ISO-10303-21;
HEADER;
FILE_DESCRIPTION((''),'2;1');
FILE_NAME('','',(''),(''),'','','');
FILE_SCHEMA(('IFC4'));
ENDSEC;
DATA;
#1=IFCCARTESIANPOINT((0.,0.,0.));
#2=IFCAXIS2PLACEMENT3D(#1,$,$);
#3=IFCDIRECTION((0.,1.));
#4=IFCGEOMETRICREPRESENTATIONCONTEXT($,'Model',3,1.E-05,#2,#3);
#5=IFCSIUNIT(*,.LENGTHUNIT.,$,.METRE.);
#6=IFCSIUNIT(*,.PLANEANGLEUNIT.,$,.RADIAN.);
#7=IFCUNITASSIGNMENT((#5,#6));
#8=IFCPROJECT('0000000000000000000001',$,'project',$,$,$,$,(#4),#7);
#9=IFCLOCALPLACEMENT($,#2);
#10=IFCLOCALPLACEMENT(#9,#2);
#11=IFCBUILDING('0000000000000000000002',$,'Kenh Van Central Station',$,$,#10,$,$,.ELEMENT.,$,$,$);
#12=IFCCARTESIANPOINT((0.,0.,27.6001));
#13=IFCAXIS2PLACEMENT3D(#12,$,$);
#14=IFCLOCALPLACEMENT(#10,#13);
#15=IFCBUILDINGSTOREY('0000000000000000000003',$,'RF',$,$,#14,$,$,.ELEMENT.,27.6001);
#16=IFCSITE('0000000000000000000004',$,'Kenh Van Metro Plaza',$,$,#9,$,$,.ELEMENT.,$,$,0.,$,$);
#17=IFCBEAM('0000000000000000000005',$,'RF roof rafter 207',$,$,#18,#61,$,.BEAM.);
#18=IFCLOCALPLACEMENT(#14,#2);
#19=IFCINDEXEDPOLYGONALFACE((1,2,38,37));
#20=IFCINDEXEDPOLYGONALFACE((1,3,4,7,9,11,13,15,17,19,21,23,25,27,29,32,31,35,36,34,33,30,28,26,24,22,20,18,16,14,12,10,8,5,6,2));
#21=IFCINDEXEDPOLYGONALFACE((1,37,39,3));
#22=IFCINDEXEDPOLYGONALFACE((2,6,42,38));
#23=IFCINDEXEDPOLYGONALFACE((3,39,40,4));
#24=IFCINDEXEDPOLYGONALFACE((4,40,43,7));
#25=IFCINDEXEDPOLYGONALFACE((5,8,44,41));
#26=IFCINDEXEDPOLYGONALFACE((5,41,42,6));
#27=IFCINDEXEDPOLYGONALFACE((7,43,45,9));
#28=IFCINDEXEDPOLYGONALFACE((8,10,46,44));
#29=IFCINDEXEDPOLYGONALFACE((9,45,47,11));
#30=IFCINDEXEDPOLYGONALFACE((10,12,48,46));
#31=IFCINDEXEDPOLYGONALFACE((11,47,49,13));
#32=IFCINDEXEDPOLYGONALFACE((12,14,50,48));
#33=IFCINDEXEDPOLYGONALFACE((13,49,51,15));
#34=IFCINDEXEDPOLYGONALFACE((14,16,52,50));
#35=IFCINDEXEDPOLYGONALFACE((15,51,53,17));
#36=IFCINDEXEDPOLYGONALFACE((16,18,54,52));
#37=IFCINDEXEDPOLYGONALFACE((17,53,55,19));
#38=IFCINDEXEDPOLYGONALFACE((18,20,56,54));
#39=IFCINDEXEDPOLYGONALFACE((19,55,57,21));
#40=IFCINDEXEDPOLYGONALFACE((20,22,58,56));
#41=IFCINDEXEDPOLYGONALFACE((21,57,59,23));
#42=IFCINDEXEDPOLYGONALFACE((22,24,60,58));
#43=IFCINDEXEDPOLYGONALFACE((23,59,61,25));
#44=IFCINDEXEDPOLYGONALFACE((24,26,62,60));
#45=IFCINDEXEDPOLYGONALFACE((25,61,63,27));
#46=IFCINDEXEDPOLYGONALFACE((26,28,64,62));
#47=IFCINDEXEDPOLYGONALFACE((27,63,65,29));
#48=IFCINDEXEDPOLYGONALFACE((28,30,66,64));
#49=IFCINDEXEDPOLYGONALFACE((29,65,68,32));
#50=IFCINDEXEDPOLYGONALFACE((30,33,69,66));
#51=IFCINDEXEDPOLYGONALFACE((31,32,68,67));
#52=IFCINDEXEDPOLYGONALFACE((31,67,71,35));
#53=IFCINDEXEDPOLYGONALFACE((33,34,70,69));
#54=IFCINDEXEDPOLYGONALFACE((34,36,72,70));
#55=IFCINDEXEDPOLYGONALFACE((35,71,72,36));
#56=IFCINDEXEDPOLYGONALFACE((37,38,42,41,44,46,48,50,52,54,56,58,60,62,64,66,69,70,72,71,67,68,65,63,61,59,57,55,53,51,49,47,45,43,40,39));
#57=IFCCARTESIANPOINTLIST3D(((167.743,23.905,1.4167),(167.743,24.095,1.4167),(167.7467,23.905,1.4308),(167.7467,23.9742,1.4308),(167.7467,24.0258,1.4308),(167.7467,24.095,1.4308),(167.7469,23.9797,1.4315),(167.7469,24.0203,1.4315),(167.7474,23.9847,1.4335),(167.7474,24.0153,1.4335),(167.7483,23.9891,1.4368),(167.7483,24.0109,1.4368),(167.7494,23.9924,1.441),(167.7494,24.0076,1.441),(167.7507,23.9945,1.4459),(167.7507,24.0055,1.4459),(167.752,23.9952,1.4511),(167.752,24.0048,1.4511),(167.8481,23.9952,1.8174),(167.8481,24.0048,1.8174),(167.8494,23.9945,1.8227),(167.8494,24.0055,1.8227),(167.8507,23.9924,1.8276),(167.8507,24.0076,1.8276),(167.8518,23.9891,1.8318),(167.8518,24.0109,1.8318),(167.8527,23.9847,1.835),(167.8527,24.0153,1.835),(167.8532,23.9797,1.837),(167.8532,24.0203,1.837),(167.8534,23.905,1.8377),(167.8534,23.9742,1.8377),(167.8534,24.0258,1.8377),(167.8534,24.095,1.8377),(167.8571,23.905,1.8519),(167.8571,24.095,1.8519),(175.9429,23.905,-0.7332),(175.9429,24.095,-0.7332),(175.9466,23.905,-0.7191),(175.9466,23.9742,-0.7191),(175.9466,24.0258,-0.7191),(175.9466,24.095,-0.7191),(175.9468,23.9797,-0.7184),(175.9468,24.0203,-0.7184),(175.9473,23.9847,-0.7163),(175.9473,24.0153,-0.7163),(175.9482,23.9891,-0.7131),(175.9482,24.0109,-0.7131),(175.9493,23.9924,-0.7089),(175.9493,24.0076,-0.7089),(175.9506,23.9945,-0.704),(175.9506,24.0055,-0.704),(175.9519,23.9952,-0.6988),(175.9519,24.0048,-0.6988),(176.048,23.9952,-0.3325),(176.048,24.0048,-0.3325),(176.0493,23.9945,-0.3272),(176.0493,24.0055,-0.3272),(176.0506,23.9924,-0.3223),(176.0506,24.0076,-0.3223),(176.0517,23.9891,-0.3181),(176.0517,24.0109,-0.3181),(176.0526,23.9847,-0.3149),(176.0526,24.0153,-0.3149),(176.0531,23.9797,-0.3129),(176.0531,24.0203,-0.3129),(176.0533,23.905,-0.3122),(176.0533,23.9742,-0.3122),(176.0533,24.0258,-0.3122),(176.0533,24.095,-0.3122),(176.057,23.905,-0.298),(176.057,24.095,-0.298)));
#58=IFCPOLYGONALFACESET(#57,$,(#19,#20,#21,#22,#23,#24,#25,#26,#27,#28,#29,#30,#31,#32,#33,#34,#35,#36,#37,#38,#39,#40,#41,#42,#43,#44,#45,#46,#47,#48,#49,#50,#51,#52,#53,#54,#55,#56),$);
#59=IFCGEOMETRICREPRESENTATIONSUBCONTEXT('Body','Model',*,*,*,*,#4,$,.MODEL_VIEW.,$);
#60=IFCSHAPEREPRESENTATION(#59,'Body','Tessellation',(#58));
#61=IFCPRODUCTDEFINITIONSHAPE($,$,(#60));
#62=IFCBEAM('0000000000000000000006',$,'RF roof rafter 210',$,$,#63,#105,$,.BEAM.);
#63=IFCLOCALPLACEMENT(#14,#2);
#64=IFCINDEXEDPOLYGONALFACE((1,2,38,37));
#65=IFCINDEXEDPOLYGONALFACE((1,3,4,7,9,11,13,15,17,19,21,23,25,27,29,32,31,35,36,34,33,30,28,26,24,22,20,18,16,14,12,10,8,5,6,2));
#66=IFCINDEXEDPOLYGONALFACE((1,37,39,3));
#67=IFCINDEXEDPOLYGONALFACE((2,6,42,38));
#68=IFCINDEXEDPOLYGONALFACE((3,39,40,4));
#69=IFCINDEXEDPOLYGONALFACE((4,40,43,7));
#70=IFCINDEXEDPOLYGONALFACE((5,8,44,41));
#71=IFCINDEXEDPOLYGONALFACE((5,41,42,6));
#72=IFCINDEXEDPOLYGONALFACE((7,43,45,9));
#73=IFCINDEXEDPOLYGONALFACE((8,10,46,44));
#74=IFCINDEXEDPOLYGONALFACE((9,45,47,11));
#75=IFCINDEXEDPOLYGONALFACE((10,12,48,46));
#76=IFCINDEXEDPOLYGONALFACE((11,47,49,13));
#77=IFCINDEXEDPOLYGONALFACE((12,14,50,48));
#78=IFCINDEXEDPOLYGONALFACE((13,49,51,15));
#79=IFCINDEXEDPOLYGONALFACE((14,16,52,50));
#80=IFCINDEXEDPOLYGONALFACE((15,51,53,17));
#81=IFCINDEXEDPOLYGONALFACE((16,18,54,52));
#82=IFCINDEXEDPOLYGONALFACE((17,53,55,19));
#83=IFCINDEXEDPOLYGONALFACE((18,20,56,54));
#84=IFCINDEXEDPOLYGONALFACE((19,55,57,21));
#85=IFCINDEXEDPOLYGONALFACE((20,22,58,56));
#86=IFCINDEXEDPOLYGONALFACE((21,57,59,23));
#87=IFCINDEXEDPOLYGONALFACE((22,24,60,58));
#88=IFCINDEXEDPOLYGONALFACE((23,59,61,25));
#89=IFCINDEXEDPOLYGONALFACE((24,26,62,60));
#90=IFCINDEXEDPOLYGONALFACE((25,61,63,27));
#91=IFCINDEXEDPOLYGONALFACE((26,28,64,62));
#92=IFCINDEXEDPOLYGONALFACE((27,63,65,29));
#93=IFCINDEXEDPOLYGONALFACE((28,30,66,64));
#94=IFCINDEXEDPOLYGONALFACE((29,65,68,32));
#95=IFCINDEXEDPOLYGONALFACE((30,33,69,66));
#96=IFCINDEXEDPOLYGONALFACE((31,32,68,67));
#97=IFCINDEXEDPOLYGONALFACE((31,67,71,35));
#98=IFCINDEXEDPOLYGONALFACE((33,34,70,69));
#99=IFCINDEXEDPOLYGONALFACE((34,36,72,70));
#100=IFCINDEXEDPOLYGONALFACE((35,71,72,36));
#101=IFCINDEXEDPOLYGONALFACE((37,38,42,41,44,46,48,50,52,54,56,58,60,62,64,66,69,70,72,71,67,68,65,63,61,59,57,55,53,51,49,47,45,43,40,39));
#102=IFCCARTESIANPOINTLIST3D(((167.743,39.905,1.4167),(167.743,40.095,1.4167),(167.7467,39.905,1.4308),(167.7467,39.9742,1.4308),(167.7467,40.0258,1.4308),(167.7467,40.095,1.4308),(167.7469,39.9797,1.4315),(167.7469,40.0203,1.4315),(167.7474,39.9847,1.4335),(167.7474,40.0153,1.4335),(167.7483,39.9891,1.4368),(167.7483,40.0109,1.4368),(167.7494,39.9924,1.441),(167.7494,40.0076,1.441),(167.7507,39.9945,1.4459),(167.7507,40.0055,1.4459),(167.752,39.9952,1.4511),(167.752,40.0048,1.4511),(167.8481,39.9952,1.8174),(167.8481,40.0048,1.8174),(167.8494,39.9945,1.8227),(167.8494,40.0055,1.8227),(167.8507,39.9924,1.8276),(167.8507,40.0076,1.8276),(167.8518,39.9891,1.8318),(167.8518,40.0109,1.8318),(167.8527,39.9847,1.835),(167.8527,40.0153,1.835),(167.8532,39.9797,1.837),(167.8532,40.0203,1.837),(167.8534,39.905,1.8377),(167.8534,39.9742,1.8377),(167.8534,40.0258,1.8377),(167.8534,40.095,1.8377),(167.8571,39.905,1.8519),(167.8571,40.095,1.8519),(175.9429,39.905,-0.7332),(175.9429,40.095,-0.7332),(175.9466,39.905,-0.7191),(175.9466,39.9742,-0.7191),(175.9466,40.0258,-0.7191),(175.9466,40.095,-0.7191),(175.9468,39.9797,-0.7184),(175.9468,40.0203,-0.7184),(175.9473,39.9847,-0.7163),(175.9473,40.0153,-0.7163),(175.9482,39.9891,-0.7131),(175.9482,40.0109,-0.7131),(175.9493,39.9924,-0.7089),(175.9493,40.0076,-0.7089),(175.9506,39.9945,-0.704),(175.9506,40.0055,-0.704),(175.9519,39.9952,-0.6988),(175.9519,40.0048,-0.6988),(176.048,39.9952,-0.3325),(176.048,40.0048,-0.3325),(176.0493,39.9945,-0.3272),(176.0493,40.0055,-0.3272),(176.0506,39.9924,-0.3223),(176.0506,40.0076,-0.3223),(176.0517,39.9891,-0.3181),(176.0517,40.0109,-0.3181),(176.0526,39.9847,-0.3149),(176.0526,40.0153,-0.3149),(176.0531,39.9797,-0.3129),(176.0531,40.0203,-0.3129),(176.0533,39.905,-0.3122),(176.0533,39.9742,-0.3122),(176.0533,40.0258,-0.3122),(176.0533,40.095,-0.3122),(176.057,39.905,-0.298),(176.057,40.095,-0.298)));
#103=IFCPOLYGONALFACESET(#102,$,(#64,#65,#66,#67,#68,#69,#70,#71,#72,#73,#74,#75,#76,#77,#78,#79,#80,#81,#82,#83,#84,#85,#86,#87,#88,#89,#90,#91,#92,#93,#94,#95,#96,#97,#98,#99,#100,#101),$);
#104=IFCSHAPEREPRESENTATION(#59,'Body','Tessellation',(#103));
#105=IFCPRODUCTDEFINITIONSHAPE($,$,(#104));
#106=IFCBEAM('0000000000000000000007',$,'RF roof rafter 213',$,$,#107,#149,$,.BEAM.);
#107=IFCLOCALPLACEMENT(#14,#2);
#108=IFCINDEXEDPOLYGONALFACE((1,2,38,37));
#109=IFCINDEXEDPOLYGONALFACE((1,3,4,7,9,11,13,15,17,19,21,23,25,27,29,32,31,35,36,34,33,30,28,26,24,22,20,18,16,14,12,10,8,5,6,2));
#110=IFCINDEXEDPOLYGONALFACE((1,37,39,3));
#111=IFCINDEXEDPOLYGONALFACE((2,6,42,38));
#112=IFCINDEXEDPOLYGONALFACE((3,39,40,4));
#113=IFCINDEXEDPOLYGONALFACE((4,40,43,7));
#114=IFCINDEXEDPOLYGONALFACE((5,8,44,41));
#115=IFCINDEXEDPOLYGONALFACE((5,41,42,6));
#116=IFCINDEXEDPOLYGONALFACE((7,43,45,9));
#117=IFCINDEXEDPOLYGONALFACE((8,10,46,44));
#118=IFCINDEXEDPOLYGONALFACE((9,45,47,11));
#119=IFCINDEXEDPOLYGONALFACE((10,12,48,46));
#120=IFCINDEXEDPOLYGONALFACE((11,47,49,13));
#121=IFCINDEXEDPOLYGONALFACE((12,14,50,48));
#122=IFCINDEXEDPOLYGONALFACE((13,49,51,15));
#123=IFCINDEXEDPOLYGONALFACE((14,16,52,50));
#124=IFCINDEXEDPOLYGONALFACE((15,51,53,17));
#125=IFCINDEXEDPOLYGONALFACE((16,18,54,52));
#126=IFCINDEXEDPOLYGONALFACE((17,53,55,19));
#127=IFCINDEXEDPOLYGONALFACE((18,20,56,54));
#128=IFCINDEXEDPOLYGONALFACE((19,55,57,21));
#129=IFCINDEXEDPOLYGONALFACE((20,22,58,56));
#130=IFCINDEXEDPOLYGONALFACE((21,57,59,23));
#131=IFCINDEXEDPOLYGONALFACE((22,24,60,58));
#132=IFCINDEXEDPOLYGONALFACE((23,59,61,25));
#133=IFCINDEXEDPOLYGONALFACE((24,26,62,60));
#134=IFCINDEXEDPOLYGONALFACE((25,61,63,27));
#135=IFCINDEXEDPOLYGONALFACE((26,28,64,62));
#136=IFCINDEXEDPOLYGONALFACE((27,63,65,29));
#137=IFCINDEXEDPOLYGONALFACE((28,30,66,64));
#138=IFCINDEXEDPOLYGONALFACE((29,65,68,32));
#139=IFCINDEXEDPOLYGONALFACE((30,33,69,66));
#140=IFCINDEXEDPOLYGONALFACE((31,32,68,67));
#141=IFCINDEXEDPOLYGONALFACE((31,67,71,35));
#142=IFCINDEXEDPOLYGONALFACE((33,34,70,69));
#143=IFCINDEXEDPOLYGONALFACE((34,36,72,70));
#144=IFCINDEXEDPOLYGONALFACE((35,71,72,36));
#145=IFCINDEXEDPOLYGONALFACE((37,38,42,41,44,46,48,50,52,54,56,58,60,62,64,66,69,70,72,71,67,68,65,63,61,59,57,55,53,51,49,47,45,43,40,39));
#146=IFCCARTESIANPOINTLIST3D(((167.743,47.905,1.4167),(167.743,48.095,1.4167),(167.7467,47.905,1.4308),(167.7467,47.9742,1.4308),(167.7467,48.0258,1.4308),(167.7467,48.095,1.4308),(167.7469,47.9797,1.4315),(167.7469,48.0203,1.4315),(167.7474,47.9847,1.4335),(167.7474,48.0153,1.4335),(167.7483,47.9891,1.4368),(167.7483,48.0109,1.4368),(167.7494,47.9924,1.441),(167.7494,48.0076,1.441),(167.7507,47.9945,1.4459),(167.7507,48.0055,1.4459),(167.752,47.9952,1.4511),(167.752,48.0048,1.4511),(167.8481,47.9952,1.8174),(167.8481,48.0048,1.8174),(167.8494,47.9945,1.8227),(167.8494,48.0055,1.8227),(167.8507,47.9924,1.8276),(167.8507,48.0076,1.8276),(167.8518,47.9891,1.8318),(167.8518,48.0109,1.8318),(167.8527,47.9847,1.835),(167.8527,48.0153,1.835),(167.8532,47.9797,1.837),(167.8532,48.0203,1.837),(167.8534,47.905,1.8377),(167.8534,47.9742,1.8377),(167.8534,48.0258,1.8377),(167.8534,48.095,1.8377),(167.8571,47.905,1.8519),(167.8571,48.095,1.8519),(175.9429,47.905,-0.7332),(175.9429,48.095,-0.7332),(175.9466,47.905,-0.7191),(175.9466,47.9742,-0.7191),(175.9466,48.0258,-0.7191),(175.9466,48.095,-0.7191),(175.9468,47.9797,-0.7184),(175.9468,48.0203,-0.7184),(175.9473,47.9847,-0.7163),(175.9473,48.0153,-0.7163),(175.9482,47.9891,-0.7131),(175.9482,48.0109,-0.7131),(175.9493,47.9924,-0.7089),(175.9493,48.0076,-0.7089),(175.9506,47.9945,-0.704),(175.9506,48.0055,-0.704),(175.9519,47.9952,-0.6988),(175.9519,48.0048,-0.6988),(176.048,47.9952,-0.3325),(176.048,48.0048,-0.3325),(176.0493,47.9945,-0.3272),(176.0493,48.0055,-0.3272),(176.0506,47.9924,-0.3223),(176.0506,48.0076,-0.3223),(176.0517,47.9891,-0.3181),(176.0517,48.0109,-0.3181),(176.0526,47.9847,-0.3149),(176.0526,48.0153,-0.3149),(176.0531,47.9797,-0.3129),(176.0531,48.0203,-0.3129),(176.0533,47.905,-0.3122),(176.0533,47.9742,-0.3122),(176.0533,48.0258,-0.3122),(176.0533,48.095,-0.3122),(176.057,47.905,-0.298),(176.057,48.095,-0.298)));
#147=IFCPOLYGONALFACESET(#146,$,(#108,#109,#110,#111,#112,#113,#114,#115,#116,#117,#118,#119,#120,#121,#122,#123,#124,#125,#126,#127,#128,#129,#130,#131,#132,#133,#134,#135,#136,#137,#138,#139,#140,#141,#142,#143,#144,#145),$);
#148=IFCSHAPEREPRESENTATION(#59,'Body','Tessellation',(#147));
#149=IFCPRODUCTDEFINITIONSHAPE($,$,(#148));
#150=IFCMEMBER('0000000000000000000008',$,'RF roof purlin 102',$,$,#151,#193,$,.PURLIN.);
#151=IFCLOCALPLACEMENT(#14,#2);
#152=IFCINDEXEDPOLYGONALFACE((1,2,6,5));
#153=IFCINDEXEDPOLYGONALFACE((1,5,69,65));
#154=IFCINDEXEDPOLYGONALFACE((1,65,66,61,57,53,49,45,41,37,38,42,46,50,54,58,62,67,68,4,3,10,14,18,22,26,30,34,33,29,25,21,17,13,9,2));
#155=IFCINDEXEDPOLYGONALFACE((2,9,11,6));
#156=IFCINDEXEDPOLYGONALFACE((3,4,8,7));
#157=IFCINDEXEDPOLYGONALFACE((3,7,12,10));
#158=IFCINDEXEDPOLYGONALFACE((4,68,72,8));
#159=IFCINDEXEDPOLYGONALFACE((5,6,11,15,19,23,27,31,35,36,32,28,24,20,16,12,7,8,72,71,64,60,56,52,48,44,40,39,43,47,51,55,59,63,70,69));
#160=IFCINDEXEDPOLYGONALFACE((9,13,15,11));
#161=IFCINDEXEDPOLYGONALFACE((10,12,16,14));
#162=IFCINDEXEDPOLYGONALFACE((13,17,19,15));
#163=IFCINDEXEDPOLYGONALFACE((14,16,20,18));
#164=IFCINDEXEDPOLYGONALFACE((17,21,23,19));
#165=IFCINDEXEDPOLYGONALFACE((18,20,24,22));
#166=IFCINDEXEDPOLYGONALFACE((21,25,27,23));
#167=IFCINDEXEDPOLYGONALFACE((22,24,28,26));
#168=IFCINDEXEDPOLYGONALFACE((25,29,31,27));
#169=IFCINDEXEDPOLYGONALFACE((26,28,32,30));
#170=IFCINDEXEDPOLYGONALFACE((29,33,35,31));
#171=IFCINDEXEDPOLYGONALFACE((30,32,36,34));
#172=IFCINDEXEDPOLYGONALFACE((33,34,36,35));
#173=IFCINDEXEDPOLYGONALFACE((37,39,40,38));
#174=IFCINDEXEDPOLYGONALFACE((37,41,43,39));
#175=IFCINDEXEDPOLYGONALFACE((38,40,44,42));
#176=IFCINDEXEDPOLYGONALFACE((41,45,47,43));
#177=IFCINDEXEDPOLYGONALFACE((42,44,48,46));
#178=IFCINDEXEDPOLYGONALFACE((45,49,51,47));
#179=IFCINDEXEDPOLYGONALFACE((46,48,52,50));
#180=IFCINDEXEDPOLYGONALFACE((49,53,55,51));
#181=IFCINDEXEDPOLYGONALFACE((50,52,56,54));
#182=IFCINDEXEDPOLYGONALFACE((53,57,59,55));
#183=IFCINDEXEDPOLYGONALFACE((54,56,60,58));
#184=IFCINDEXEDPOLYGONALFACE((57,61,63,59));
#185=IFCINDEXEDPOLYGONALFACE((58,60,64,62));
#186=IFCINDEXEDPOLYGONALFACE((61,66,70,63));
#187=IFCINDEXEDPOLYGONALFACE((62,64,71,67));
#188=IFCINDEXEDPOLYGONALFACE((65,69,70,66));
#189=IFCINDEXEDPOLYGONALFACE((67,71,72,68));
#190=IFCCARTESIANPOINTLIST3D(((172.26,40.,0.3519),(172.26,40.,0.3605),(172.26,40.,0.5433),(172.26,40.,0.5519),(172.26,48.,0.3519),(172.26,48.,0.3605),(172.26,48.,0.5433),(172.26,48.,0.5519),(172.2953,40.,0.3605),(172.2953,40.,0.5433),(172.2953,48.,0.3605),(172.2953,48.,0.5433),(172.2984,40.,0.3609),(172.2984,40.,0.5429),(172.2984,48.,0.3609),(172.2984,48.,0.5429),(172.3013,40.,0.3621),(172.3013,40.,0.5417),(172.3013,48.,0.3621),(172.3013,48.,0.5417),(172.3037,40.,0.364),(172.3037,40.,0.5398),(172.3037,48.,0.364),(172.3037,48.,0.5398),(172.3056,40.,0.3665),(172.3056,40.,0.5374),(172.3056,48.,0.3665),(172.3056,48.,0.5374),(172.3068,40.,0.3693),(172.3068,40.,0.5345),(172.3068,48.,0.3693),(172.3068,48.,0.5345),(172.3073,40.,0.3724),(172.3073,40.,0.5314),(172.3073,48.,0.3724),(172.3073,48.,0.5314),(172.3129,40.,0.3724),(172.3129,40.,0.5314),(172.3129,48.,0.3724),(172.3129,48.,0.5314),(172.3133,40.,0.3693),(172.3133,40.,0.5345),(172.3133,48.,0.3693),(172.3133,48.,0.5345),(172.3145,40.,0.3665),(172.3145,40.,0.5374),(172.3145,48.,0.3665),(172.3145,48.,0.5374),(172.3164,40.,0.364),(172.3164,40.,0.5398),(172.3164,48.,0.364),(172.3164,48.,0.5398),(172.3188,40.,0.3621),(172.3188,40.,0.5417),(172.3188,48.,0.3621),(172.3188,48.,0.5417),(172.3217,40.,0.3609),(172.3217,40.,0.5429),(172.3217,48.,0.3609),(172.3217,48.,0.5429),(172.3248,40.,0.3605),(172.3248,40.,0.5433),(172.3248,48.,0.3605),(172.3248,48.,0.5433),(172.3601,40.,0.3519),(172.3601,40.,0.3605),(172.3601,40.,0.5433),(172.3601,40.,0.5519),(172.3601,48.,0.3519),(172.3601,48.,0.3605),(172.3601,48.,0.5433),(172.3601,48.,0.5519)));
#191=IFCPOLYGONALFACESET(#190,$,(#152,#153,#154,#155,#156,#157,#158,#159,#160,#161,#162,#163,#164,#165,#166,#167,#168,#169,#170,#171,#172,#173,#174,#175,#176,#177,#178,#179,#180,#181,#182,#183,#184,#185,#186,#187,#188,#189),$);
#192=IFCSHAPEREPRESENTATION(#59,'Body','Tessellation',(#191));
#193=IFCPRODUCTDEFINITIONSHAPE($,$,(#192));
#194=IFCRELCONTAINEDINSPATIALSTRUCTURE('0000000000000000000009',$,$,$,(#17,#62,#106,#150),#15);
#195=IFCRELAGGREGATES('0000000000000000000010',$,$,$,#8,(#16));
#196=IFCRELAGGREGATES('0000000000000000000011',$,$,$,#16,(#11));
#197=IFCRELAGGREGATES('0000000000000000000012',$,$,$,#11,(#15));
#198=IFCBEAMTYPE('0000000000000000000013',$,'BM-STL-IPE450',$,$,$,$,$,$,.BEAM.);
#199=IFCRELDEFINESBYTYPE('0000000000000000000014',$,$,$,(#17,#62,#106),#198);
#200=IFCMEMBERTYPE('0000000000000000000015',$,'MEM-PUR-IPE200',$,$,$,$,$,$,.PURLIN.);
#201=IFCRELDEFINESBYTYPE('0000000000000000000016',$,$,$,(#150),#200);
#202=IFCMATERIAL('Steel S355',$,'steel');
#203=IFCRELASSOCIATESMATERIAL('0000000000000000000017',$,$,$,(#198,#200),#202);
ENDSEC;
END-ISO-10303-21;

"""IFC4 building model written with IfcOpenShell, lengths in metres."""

from ifc_helpers import new_model, si_unit, direction, frame, origin, origin_2d, place, context, subcontext, project, spatial, i_section, extrude, material, material_profile, profile_set, type_object, element, save


model = new_model("IFC4")

# Units and contexts
model_context = context("Model", 3, precision=1e-05, world=origin(), true_north=direction((0.0, 1.0)))
body_context = subcontext(model_context, "Body", "Model", "MODEL_VIEW")
ifc_project = project(units=[si_unit("LENGTHUNIT", "METRE"), si_unit("PLANEANGLEUNIT", "RADIAN")], contexts=[model_context])

# Site, building, storey
site_placement = place(None, origin())
site = spatial("IfcSite", under=ifc_project, at=site_placement, Name="Kenh Van Metro Plaza", CompositionType="ELEMENT", RefElevation=0.0)
building_placement = place(site_placement, origin())
building = spatial("IfcBuilding", under=site, at=building_placement, Name="Kenh Van Central Station", CompositionType="ELEMENT")
storey_placement = place(building_placement, frame((0.0, 0.0, 27.6001)))
storey = spatial("IfcBuildingStorey", under=building, at=storey_placement, Name="RF", CompositionType="ELEMENT", Elevation=27.6001)

# Beams
ifc_material_1 = material(Name="Steel S355", Category="steel")
ifc_material_profile_1 = material_profile(ifc_material_1, i_section(OverallWidth=0.1899, OverallDepth=0.45, WebThickness=0.0095, FlangeThickness=0.0146, FilletRadius=0.021, at=origin_2d()), Name="IPE 450")
ifc_profile_set_1 = profile_set([ifc_material_profile_1], Name="Steel S355")
beam_type = type_object("IfcBeamType", Name="BM-STL-IPE450", PredefinedType="BEAM", material=ifc_profile_set_1)
for number, where, z_axis, x_axis, name in (
    (1, (167.8, 24.0, 1.6343), (0.967306, 0.0, -0.253613), (0.0, 1.0, 0.0), "RF roof rafter 207"),
    (2, (167.8, 40.0, 1.6343), (0.967306, 0.0, -0.253613), (0.0, 1.0, 0.0), "RF roof rafter 210"),
    (3, (167.8, 48.0, 1.6343), (0.967306, 0.0, -0.253613), (0.0, 1.0, 0.0), "RF roof rafter 213"),
):
    element("IfcBeam", number, at=place(storey_placement, frame(where, z_axis=z_axis, x_axis=x_axis)), inside=storey, type_object=beam_type, Name=name, PredefinedType="BEAM", context=body_context, shape_type="SweptSolid", body=[
        extrude(i_section(OverallWidth=0.1899, OverallDepth=0.45, WebThickness=0.0095, FlangeThickness=0.0146, FilletRadius=0.021, at=origin_2d()), origin(), (0.0, 0.0, 1.0), 8.4771),
    ])

# Member
ifc_material_profile_2 = material_profile(ifc_material_1, i_section(OverallWidth=0.1001, OverallDepth=0.2, WebThickness=0.0056, FlangeThickness=0.0085, FilletRadius=0.012, at=origin_2d()), Name="IPE 200")
ifc_profile_set_2 = profile_set([ifc_material_profile_2], Name="Steel S355")
member_type_1 = type_object("IfcMemberType", Name="MEM-PUR-IPE200", PredefinedType="PURLIN", material=ifc_profile_set_2)
member_1_placement = place(storey_placement, frame((172.3101, 40.0, 0.4519), z_axis=(0.0, 1.0, 0.0), x_axis=(-1.0, 0.0, 0.0)))
element("IfcMember", 4, at=member_1_placement, inside=storey, type_object=member_type_1, Name="RF roof purlin 102", PredefinedType="PURLIN", context=body_context, shape_type="SweptSolid", body=[
    extrude(i_section(OverallWidth=0.1001, OverallDepth=0.2, WebThickness=0.0056, FlangeThickness=0.0085, FilletRadius=0.012, at=origin_2d()), origin(), (0.0, 0.0, 1.0), 8.0),
])

save(model, "model.ifc")
